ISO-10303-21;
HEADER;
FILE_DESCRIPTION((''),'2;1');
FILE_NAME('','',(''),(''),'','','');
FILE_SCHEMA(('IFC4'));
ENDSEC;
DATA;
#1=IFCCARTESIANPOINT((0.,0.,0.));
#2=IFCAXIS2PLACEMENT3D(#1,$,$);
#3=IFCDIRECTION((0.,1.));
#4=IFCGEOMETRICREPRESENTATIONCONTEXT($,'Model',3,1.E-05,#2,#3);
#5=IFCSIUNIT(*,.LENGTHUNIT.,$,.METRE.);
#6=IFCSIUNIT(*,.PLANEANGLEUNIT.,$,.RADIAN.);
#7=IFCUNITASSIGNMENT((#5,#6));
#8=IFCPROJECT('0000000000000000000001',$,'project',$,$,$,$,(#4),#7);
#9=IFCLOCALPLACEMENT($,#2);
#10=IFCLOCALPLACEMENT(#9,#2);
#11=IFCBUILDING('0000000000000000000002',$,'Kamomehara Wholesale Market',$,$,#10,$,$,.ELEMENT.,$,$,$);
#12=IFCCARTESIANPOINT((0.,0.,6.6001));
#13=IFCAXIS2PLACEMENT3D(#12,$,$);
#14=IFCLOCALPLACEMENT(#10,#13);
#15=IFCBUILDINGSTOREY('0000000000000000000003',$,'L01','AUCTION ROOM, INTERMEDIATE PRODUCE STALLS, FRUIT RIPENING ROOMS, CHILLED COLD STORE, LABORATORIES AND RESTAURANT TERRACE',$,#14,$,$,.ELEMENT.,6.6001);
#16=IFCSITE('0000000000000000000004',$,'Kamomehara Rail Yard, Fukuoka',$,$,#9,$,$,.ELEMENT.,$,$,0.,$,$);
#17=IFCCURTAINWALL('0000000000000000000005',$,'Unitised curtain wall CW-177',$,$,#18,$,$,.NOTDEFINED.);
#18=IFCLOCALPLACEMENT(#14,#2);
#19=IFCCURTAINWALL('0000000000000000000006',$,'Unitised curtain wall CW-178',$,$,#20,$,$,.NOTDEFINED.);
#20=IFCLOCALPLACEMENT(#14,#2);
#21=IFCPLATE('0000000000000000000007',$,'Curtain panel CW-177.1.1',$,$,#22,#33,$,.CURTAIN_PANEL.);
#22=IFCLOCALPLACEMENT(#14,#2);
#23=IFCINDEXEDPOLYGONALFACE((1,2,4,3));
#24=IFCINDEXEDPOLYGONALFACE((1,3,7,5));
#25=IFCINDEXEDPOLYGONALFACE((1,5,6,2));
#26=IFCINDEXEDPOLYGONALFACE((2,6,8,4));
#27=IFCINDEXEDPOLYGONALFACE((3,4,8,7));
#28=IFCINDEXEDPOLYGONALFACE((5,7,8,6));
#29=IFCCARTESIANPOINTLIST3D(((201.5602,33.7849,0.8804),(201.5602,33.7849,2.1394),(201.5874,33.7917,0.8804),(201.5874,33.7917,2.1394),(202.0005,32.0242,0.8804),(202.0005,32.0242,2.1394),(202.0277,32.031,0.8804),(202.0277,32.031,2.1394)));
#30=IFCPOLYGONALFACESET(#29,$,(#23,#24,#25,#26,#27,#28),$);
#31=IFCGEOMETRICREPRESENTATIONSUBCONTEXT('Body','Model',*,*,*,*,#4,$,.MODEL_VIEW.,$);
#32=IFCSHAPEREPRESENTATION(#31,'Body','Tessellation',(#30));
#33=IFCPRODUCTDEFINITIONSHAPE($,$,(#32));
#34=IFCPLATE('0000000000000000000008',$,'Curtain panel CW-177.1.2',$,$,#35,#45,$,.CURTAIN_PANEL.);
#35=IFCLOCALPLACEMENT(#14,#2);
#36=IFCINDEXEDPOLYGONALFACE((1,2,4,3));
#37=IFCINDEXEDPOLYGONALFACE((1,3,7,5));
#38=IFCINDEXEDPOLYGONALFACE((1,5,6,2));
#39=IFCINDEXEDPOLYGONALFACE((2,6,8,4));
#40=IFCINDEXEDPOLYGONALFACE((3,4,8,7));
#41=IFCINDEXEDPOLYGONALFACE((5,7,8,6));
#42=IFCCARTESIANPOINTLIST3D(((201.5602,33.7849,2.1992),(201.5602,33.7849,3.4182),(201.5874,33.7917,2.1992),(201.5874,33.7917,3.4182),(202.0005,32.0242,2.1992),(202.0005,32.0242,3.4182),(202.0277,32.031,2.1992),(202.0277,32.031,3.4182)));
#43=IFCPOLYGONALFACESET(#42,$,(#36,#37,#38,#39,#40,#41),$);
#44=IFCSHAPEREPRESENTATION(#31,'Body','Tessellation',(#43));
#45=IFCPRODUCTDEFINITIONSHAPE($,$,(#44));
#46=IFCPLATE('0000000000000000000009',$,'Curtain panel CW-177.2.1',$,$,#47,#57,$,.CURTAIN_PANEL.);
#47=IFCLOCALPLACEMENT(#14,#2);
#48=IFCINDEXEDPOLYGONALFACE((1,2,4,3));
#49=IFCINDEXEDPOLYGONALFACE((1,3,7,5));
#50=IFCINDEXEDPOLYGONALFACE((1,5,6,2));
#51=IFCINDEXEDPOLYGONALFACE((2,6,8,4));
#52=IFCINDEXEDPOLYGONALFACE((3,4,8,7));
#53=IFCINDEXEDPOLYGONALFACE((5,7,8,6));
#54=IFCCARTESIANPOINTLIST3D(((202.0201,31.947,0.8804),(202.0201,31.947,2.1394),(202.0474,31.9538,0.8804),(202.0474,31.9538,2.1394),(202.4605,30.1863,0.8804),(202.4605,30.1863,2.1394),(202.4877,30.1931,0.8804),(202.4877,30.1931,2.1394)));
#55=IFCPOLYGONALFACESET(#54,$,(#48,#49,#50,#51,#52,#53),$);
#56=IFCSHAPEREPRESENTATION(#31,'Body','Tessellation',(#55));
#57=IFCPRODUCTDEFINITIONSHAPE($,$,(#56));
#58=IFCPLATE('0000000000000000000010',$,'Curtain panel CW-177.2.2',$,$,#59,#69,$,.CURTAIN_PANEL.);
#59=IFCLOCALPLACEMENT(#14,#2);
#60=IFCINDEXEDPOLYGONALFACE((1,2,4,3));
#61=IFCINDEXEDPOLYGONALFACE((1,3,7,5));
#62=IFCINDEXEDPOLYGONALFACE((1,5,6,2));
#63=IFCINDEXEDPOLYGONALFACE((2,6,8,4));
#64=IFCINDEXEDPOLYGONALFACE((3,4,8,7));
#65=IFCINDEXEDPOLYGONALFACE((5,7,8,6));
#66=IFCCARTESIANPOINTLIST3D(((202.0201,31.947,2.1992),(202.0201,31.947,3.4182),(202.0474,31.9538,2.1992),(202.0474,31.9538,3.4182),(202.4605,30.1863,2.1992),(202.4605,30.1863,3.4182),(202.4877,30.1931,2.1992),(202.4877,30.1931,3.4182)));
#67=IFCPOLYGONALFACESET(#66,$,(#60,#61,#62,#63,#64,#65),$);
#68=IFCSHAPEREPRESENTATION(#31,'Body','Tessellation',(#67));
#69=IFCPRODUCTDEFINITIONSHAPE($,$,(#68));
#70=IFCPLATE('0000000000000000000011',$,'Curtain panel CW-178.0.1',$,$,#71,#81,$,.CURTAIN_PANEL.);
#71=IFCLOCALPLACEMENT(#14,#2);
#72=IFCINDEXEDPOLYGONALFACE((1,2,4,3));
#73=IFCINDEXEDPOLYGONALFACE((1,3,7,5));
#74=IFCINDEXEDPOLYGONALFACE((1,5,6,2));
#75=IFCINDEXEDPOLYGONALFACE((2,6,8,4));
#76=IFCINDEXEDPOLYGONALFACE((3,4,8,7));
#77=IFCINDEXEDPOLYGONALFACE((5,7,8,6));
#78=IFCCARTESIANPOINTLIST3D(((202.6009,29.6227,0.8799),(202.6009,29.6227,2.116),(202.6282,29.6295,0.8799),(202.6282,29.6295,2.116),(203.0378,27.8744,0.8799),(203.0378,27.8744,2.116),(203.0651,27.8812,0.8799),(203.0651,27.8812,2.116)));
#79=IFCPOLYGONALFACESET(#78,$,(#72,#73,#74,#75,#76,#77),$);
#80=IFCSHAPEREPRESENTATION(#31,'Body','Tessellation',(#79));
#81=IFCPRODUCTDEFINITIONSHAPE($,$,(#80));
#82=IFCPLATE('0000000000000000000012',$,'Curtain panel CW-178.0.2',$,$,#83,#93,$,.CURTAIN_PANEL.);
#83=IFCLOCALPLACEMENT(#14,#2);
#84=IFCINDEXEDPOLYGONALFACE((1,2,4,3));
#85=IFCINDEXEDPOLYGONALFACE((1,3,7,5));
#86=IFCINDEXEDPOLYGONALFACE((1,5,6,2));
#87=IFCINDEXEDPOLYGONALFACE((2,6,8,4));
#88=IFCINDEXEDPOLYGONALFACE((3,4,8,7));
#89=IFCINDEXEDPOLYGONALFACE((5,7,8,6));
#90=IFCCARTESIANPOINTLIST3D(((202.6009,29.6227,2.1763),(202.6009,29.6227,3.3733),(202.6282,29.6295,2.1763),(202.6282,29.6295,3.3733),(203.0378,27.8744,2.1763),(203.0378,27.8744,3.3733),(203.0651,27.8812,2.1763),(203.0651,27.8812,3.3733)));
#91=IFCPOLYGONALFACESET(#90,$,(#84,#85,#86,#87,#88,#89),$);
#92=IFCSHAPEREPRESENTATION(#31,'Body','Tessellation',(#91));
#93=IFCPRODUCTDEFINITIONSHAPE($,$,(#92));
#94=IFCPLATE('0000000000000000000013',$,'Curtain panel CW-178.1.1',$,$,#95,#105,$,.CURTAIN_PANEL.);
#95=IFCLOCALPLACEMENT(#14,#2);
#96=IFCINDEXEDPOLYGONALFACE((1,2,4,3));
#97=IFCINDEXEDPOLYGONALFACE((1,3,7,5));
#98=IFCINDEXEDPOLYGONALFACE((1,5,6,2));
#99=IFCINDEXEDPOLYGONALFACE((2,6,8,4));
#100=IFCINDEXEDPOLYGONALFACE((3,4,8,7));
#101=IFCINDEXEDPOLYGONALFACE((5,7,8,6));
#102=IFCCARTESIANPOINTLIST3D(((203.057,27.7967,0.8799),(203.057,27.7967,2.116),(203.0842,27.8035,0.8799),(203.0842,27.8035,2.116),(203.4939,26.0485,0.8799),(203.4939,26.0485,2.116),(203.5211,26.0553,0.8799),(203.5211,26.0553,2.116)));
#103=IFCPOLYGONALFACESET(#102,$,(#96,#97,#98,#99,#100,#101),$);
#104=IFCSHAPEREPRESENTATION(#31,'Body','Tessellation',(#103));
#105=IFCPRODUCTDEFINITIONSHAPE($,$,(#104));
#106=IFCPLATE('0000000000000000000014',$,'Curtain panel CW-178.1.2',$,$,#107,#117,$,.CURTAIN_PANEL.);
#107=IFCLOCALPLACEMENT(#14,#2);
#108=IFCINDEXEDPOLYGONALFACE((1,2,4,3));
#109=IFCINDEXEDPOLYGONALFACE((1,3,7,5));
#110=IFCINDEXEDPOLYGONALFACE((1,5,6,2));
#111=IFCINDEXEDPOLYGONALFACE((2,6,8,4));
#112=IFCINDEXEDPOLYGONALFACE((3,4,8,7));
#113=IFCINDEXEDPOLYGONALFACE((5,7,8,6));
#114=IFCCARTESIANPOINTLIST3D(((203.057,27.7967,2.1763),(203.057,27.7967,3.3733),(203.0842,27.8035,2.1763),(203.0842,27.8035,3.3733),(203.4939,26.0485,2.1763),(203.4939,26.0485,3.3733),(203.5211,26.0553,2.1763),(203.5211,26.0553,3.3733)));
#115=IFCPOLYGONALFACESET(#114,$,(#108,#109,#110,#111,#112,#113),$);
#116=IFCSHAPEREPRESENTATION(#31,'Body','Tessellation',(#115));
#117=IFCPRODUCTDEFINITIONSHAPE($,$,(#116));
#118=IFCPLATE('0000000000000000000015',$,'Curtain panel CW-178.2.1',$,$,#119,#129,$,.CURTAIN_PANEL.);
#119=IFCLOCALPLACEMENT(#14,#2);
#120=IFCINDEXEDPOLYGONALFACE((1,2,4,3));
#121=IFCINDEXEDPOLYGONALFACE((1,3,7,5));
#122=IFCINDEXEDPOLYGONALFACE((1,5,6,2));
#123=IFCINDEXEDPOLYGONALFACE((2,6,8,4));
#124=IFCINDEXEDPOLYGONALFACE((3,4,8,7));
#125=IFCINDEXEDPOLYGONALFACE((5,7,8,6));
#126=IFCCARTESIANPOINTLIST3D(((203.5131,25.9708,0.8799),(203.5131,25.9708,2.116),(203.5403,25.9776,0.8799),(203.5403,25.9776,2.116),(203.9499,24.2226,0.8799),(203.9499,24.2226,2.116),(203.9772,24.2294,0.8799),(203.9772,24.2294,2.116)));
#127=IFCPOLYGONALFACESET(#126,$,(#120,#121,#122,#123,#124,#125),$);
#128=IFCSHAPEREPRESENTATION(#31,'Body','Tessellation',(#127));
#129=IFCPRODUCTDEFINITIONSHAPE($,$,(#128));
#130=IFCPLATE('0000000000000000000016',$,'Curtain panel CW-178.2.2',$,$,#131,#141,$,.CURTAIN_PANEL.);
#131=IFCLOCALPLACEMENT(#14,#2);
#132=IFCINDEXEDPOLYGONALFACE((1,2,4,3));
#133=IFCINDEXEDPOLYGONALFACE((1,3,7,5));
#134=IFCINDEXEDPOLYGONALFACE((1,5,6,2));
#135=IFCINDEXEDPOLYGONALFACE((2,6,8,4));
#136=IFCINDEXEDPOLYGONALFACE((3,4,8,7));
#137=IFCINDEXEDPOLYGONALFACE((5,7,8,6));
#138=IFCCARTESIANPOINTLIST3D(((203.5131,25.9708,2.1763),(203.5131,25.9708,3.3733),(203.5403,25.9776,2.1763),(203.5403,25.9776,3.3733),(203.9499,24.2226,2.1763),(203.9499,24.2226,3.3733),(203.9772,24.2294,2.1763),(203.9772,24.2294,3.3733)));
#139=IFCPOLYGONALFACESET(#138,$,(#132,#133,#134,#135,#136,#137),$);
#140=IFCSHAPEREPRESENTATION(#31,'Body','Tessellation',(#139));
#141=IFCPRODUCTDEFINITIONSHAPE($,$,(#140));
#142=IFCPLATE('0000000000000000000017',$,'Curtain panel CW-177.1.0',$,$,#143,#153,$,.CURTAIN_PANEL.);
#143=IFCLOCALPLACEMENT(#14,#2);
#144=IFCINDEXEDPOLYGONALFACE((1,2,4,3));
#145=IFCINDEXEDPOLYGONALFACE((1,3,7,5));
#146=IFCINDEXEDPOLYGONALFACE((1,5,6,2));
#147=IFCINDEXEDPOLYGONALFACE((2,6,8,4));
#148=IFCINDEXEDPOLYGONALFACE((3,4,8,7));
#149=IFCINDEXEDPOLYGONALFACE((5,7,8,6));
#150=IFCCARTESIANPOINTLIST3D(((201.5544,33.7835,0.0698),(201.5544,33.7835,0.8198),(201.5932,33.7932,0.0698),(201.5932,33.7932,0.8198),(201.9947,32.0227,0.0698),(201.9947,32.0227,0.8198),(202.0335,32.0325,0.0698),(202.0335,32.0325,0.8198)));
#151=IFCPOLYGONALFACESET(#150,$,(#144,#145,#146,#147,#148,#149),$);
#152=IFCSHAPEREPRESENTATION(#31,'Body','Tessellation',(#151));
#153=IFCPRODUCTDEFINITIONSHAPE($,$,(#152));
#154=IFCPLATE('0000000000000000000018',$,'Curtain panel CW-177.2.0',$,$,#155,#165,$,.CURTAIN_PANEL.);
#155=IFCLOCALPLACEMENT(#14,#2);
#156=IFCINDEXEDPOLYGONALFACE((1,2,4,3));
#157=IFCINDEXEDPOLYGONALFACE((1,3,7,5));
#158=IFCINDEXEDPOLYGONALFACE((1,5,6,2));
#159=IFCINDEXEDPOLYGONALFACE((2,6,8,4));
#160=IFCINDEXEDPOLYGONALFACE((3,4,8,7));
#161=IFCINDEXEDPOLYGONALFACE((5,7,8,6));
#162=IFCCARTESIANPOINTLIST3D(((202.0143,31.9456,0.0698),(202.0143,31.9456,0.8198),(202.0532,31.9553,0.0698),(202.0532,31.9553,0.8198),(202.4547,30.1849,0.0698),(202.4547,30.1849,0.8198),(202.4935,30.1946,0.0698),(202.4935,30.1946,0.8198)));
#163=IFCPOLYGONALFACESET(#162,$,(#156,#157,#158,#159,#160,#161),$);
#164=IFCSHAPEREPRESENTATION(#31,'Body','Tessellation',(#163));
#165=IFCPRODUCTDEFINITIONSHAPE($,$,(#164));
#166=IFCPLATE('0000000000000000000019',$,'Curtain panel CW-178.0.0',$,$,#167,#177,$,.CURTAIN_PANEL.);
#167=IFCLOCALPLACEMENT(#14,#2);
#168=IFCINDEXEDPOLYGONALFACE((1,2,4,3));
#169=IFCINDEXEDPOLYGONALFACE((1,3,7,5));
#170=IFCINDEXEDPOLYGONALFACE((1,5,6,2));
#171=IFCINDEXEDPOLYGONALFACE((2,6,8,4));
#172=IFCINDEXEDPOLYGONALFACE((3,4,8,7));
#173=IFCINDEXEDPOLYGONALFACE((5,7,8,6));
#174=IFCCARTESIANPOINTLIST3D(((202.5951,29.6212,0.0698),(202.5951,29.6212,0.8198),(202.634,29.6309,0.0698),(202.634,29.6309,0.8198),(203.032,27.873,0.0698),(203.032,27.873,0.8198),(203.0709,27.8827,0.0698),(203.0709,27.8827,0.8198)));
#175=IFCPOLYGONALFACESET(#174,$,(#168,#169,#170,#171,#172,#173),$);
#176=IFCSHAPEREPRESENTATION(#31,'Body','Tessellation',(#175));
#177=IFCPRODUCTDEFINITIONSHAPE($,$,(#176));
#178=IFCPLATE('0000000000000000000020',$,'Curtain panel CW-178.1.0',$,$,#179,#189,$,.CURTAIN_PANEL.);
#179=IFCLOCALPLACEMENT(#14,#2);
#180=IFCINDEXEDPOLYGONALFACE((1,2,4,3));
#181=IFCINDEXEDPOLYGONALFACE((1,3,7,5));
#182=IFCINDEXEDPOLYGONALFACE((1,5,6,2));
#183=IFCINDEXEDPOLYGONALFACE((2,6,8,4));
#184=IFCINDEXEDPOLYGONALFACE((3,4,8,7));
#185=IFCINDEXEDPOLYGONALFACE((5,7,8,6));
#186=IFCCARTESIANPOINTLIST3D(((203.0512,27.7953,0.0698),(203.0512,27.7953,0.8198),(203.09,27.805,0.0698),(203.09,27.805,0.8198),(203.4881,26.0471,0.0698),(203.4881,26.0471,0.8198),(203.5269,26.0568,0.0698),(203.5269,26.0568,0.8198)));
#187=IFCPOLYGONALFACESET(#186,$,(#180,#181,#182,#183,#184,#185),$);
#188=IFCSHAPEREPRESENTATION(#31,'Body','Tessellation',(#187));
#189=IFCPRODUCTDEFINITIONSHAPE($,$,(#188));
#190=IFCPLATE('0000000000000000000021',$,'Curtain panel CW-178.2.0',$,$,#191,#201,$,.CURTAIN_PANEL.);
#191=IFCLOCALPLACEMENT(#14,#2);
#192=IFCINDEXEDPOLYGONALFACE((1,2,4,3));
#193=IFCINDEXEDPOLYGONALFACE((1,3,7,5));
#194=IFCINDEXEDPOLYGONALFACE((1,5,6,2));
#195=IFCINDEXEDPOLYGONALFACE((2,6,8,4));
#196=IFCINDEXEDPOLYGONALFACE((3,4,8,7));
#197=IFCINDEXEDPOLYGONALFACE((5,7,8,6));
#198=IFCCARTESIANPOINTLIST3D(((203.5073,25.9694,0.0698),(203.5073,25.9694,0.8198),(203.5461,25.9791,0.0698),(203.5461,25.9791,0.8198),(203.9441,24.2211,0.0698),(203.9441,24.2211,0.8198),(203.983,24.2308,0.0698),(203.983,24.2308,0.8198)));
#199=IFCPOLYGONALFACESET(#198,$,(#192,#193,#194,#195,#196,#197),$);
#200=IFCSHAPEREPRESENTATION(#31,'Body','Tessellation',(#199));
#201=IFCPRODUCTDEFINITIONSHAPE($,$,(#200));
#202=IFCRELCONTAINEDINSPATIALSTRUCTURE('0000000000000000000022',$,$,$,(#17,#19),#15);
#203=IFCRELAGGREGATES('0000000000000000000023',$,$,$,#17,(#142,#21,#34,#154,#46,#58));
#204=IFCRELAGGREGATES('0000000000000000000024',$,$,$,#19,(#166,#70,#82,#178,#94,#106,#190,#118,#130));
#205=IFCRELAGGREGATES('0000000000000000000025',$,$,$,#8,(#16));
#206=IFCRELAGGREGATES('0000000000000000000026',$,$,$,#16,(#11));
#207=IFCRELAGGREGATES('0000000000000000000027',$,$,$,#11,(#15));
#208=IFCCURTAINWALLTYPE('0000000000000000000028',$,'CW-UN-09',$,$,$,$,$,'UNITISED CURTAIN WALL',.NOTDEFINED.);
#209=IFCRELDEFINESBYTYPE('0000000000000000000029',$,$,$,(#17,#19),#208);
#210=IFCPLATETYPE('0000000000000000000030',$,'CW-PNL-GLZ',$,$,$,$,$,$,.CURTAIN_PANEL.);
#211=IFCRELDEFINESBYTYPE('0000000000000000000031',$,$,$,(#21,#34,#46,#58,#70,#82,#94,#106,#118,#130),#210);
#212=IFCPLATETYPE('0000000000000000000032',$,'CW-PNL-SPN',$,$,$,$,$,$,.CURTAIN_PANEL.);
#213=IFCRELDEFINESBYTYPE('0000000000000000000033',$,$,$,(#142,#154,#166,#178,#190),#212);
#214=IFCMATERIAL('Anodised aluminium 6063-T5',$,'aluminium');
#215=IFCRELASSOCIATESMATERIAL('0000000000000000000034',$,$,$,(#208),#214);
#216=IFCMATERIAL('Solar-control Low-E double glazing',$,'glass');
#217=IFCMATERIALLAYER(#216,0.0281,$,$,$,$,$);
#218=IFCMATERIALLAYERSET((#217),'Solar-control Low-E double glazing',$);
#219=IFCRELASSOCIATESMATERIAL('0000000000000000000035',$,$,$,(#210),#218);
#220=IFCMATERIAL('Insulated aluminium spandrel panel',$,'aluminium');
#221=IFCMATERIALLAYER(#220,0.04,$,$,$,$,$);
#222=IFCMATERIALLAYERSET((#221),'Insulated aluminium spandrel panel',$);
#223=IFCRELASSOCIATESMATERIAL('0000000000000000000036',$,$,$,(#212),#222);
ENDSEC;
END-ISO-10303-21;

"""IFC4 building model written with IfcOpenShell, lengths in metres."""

from ifc_helpers import new_model, si_unit, direction, frame, origin, origin_2d, place, context, subcontext, project, spatial, rectangle, extrude, material, layer, layer_set, type_object, element, aggregate, save


model = new_model("IFC4")

# Units and contexts
model_context = context("Model", 3, precision=1e-05, world=origin(), true_north=direction((0.0, 1.0)))
body_context = subcontext(model_context, "Body", "Model", "MODEL_VIEW")
ifc_project = project(units=[si_unit("LENGTHUNIT", "METRE"), si_unit("PLANEANGLEUNIT", "RADIAN")], contexts=[model_context])

# Site, building, storey
site_placement = place(None, origin())
site = spatial("IfcSite", under=ifc_project, at=site_placement, Name="Kamomehara Rail Yard, Fukuoka", CompositionType="ELEMENT", RefElevation=0.0)
building_placement = place(site_placement, origin())
building = spatial("IfcBuilding", under=site, at=building_placement, Name="Kamomehara Wholesale Market", CompositionType="ELEMENT")
storey_placement = place(building_placement, frame((0.0, 0.0, 6.6001)))
storey = spatial("IfcBuildingStorey", under=building, at=storey_placement, Name="L01", Description="AUCTION ROOM, INTERMEDIATE PRODUCE STALLS, FRUIT RIPENING ROOMS, CHILLED COLD STORE, LABORATORIES AND RESTAURANT TERRACE", CompositionType="ELEMENT", Elevation=6.6001)

# Curtain walls
ifc_material_1 = material(Name="Anodised aluminium 6063-T5", Category="aluminium")
curtain_wall_type = type_object("IfcCurtainWallType", Name="CW-UN-09", ElementType="UNITISED CURTAIN WALL", PredefinedType="NOTDEFINED", material=ifc_material_1)
curtain_wall_1_placement = place(storey_placement, origin())
curtain_wall_1 = element("IfcCurtainWall", 1, at=curtain_wall_1_placement, inside=storey, type_object=curtain_wall_type, Name="Unitised curtain wall CW-177", PredefinedType="NOTDEFINED")
curtain_wall_2_placement = place(storey_placement, origin())
curtain_wall_2 = element("IfcCurtainWall", 2, at=curtain_wall_2_placement, inside=storey, type_object=curtain_wall_type, Name="Unitised curtain wall CW-178", PredefinedType="NOTDEFINED")

# Plates
ifc_material_2 = material(Name="Solar-control Low-E double glazing", Category="glass")
ifc_layer_1 = layer(ifc_material_2, 0.0281)
ifc_layer_set_1 = layer_set([ifc_layer_1], Name="Solar-control Low-E double glazing")
plate_type_1 = type_object("IfcPlateType", Name="CW-PNL-GLZ", PredefinedType="CURTAIN_PANEL", material=ifc_layer_set_1)
plate_1_placement = place(storey_placement, frame((201.7939, 32.908, 0.8804), z_axis=(0.0, 0.0, 1.0), x_axis=(0.242616, -0.970122, 0.0)))
plate_1 = element("IfcPlate", 3, at=plate_1_placement, type_object=plate_type_1, Name="Curtain panel CW-177.1.1", PredefinedType="CURTAIN_PANEL", context=body_context, shape_type="SweptSolid", body=[
    extrude(rectangle(XDim=1.8149, YDim=0.0281, at=origin_2d()), origin(), (0.0, 0.0, 1.0), 1.259),
])
plate_2_placement = place(storey_placement, frame((201.7939, 32.908, 2.1992), z_axis=(0.0, 0.0, 1.0), x_axis=(0.242616, -0.970122, 0.0)))
plate_2 = element("IfcPlate", 4, at=plate_2_placement, type_object=plate_type_1, Name="Curtain panel CW-177.1.2", PredefinedType="CURTAIN_PANEL", context=body_context, shape_type="SweptSolid", body=[
    extrude(rectangle(XDim=1.8149, YDim=0.0281, at=origin_2d()), origin(), (0.0, 0.0, 1.0), 1.219),
])
plate_3_placement = place(storey_placement, frame((202.2539, 31.0701, 0.8804), z_axis=(0.0, 0.0, 1.0), x_axis=(0.242616, -0.970122, 0.0)))
plate_3 = element("IfcPlate", 5, at=plate_3_placement, type_object=plate_type_1, Name="Curtain panel CW-177.2.1", PredefinedType="CURTAIN_PANEL", context=body_context, shape_type="SweptSolid", body=[
    extrude(rectangle(XDim=1.8149, YDim=0.0281, at=origin_2d()), origin(), (0.0, 0.0, 1.0), 1.259),
])
plate_4_placement = place(storey_placement, frame((202.2539, 31.0701, 2.1992), z_axis=(0.0, 0.0, 1.0), x_axis=(0.242616, -0.970122, 0.0)))
plate_4 = element("IfcPlate", 6, at=plate_4_placement, type_object=plate_type_1, Name="Curtain panel CW-177.2.2", PredefinedType="CURTAIN_PANEL", context=body_context, shape_type="SweptSolid", body=[
    extrude(rectangle(XDim=1.8149, YDim=0.0281, at=origin_2d()), origin(), (0.0, 0.0, 1.0), 1.219),
])
plate_5_placement = place(storey_placement, frame((202.833, 28.752, 0.8799), z_axis=(0.0, 0.0, 1.0), x_axis=(0.242447, -0.970165, 0.0)))
plate_5 = element("IfcPlate", 7, at=plate_5_placement, type_object=plate_type_1, Name="Curtain panel CW-178.0.1", PredefinedType="CURTAIN_PANEL", context=body_context, shape_type="SweptSolid", body=[
    extrude(rectangle(XDim=1.802, YDim=0.0281, at=origin_2d()), origin(), (0.0, 0.0, 1.0), 1.2361),
])
plate_6_placement = place(storey_placement, frame((202.833, 28.752, 2.1763), z_axis=(0.0, 0.0, 1.0), x_axis=(0.242447, -0.970165, 0.0)))
plate_6 = element("IfcPlate", 8, at=plate_6_placement, type_object=plate_type_1, Name="Curtain panel CW-178.0.2", PredefinedType="CURTAIN_PANEL", context=body_context, shape_type="SweptSolid", body=[
    extrude(rectangle(XDim=1.802, YDim=0.0281, at=origin_2d()), origin(), (0.0, 0.0, 1.0), 1.197),
])
plate_7_placement = place(storey_placement, frame((203.2891, 26.926, 0.8799), z_axis=(0.0, 0.0, 1.0), x_axis=(0.242447, -0.970165, 0.0)))
plate_7 = element("IfcPlate", 9, at=plate_7_placement, type_object=plate_type_1, Name="Curtain panel CW-178.1.1", PredefinedType="CURTAIN_PANEL", context=body_context, shape_type="SweptSolid", body=[
    extrude(rectangle(XDim=1.802, YDim=0.0281, at=origin_2d()), origin(), (0.0, 0.0, 1.0), 1.2361),
])
plate_8_placement = place(storey_placement, frame((203.2891, 26.926, 2.1763), z_axis=(0.0, 0.0, 1.0), x_axis=(0.242447, -0.970165, 0.0)))
plate_8 = element("IfcPlate", 10, at=plate_8_placement, type_object=plate_type_1, Name="Curtain panel CW-178.1.2", PredefinedType="CURTAIN_PANEL", context=body_context, shape_type="SweptSolid", body=[
    extrude(rectangle(XDim=1.802, YDim=0.0281, at=origin_2d()), origin(), (0.0, 0.0, 1.0), 1.197),
])
plate_9_placement = place(storey_placement, frame((203.7451, 25.1001, 0.8799), z_axis=(0.0, 0.0, 1.0), x_axis=(0.242447, -0.970165, 0.0)))
plate_9 = element("IfcPlate", 11, at=plate_9_placement, type_object=plate_type_1, Name="Curtain panel CW-178.2.1", PredefinedType="CURTAIN_PANEL", context=body_context, shape_type="SweptSolid", body=[
    extrude(rectangle(XDim=1.802, YDim=0.0281, at=origin_2d()), origin(), (0.0, 0.0, 1.0), 1.2361),
])
plate_10_placement = place(storey_placement, frame((203.7451, 25.1001, 2.1763), z_axis=(0.0, 0.0, 1.0), x_axis=(0.242447, -0.970165, 0.0)))
plate_10 = element("IfcPlate", 12, at=plate_10_placement, type_object=plate_type_1, Name="Curtain panel CW-178.2.2", PredefinedType="CURTAIN_PANEL", context=body_context, shape_type="SweptSolid", body=[
    extrude(rectangle(XDim=1.802, YDim=0.0281, at=origin_2d()), origin(), (0.0, 0.0, 1.0), 1.197),
])
ifc_material_3 = material(Name="Insulated aluminium spandrel panel", Category="aluminium")
ifc_layer_2 = layer(ifc_material_3, 0.04)
ifc_layer_set_2 = layer_set([ifc_layer_2], Name="Insulated aluminium spandrel panel")
plate_type_2 = type_object("IfcPlateType", Name="CW-PNL-SPN", PredefinedType="CURTAIN_PANEL", material=ifc_layer_set_2)
plate_11_placement = place(storey_placement, frame((201.7939, 32.908, 0.0698), z_axis=(0.0, 0.0, 1.0), x_axis=(0.242616, -0.970122, 0.0)))
plate_11 = element("IfcPlate", 13, at=plate_11_placement, type_object=plate_type_2, Name="Curtain panel CW-177.1.0", PredefinedType="CURTAIN_PANEL", context=body_context, shape_type="SweptSolid", body=[
    extrude(rectangle(XDim=1.8149, YDim=0.04, at=origin_2d()), origin(), (0.0, 0.0, 1.0), 0.75),
])
plate_12_placement = place(storey_placement, frame((202.2539, 31.0701, 0.0698), z_axis=(0.0, 0.0, 1.0), x_axis=(0.242616, -0.970122, 0.0)))
plate_12 = element("IfcPlate", 14, at=plate_12_placement, type_object=plate_type_2, Name="Curtain panel CW-177.2.0", PredefinedType="CURTAIN_PANEL", context=body_context, shape_type="SweptSolid", body=[
    extrude(rectangle(XDim=1.8149, YDim=0.04, at=origin_2d()), origin(), (0.0, 0.0, 1.0), 0.75),
])
aggregate(curtain_wall_1, [plate_11, plate_1, plate_2, plate_12, plate_3, plate_4])
plate_13_placement = place(storey_placement, frame((202.833, 28.752, 0.0698), z_axis=(0.0, 0.0, 1.0), x_axis=(0.242447, -0.970165, 0.0)))
plate_13 = element("IfcPlate", 15, at=plate_13_placement, type_object=plate_type_2, Name="Curtain panel CW-178.0.0", PredefinedType="CURTAIN_PANEL", context=body_context, shape_type="SweptSolid", body=[
    extrude(rectangle(XDim=1.802, YDim=0.04, at=origin_2d()), origin(), (0.0, 0.0, 1.0), 0.75),
])
plate_14_placement = place(storey_placement, frame((203.2891, 26.926, 0.0698), z_axis=(0.0, 0.0, 1.0), x_axis=(0.242447, -0.970165, 0.0)))
plate_14 = element("IfcPlate", 16, at=plate_14_placement, type_object=plate_type_2, Name="Curtain panel CW-178.1.0", PredefinedType="CURTAIN_PANEL", context=body_context, shape_type="SweptSolid", body=[
    extrude(rectangle(XDim=1.802, YDim=0.04, at=origin_2d()), origin(), (0.0, 0.0, 1.0), 0.75),
])
plate_15_placement = place(storey_placement, frame((203.7451, 25.1001, 0.0698), z_axis=(0.0, 0.0, 1.0), x_axis=(0.242447, -0.970165, 0.0)))
plate_15 = element("IfcPlate", 17, at=plate_15_placement, type_object=plate_type_2, Name="Curtain panel CW-178.2.0", PredefinedType="CURTAIN_PANEL", context=body_context, shape_type="SweptSolid", body=[
    extrude(rectangle(XDim=1.802, YDim=0.04, at=origin_2d()), origin(), (0.0, 0.0, 1.0), 0.75),
])
aggregate(curtain_wall_2, [plate_13, plate_5, plate_6, plate_14, plate_7, plate_8, plate_15, plate_9, plate_10])

save(model, "model.ifc")
